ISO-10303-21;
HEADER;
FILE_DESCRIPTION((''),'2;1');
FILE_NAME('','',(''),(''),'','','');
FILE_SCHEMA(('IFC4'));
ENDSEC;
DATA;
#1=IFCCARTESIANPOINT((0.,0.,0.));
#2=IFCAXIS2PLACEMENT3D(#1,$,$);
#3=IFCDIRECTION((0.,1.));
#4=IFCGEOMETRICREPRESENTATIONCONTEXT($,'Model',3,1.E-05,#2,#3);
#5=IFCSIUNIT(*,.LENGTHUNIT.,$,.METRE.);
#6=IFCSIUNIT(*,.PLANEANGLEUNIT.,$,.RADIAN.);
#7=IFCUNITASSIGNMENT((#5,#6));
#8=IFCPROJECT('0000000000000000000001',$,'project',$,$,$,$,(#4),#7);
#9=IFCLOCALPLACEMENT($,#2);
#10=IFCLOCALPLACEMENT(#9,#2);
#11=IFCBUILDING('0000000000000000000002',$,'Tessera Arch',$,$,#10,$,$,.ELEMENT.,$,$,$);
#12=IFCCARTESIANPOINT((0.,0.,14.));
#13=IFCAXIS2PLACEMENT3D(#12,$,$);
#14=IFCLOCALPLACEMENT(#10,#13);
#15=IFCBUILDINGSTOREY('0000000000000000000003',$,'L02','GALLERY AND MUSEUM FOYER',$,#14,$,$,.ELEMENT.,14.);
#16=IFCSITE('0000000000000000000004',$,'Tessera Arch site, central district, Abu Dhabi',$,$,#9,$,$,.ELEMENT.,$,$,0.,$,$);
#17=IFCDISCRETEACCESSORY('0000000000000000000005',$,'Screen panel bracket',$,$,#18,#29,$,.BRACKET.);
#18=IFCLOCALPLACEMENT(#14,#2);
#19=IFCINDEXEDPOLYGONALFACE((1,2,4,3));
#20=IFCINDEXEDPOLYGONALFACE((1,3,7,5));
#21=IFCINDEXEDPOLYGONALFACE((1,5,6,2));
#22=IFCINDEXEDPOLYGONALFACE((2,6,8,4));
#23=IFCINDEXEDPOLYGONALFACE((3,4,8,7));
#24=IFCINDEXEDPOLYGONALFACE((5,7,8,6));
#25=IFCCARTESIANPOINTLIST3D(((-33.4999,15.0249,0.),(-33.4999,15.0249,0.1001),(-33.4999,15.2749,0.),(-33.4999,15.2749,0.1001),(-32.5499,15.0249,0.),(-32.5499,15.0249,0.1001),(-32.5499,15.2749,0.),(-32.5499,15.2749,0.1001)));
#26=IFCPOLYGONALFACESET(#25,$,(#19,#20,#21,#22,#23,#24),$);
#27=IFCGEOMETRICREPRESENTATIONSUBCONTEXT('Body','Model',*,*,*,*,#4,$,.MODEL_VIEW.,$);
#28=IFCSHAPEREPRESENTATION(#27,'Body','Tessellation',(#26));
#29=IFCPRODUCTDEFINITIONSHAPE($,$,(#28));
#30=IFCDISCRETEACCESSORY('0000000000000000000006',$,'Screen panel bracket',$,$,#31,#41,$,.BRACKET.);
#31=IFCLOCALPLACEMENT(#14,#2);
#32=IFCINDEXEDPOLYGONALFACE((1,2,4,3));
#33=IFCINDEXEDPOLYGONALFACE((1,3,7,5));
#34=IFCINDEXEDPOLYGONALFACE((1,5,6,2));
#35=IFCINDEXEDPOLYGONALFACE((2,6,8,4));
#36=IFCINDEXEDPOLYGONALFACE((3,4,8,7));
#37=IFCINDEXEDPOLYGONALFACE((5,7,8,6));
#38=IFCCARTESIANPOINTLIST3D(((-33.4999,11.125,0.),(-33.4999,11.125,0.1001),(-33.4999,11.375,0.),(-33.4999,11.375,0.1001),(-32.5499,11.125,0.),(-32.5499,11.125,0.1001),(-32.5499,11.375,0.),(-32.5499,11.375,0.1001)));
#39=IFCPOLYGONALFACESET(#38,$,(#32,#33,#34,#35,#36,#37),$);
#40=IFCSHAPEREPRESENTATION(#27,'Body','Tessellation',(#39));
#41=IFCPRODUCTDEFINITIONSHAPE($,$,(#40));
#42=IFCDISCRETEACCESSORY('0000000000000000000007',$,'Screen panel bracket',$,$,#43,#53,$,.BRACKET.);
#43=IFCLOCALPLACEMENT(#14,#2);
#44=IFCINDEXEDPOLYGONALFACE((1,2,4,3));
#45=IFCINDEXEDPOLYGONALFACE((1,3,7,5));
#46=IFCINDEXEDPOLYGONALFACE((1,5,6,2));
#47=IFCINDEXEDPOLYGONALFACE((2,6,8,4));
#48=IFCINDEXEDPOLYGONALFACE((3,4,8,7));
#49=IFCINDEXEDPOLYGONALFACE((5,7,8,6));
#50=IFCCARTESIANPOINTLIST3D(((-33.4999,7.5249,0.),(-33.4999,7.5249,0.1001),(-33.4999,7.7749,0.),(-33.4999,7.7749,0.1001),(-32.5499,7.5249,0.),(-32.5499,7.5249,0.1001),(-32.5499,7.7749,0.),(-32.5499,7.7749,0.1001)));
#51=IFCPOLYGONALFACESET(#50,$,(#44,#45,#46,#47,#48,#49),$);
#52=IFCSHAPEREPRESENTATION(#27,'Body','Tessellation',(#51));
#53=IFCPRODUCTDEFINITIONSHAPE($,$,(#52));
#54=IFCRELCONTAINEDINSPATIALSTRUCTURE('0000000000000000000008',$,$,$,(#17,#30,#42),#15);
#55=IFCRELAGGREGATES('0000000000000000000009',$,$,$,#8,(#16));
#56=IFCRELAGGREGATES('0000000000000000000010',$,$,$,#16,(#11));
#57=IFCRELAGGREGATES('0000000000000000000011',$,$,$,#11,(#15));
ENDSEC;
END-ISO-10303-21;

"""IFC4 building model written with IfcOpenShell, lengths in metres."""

from ifc_helpers import new_model, si_unit, direction, frame, origin, origin_2d, place, context, subcontext, project, spatial, rectangle, extrude, element, save


model = new_model("IFC4")

# Units and contexts
model_context = context("Model", 3, precision=1e-05, world=origin(), true_north=direction((0.0, 1.0)))
body_context = subcontext(model_context, "Body", "Model", "MODEL_VIEW")
ifc_project = project(units=[si_unit("LENGTHUNIT", "METRE"), si_unit("PLANEANGLEUNIT", "RADIAN")], contexts=[model_context])

# Site, building, storey
site_placement = place(None, origin())
site = spatial("IfcSite", under=ifc_project, at=site_placement, Name="Tessera Arch site, central district, Abu Dhabi", CompositionType="ELEMENT", RefElevation=0.0)
building_placement = place(site_placement, origin())
building = spatial("IfcBuilding", under=site, at=building_placement, Name="Tessera Arch", CompositionType="ELEMENT")
storey_placement = place(building_placement, frame((0.0, 0.0, 14.0)))
storey = spatial("IfcBuildingStorey", under=building, at=storey_placement, Name="L02", Description="GALLERY AND MUSEUM FOYER", CompositionType="ELEMENT", Elevation=14.0)

# Discrete accessories
for number, where, z_axis, x_axis, name in (
    (1, (-33.0249, 15.1499, 0.0), (0.0, 0.0, 1.0), (-1.0, 0.0, 0.0), "Screen panel bracket"),
    (2, (-33.0249, 11.25, 0.0), (0.0, 0.0, 1.0), (-1.0, 0.0, 0.0), "Screen panel bracket"),
    (3, (-33.0249, 7.6499, 0.0), (0.0, 0.0, 1.0), (-1.0, 0.0, 0.0), "Screen panel bracket"),
):
    element("IfcDiscreteAccessory", number, at=place(storey_placement, frame(where, z_axis=z_axis, x_axis=x_axis)), inside=storey, Name=name, PredefinedType="BRACKET", context=body_context, shape_type="SweptSolid", body=[
        extrude(rectangle(XDim=0.95, YDim=0.25, at=origin_2d()), origin(), (0.0, 0.0, 1.0), 0.1001),
    ])

save(model, "model.ifc")
